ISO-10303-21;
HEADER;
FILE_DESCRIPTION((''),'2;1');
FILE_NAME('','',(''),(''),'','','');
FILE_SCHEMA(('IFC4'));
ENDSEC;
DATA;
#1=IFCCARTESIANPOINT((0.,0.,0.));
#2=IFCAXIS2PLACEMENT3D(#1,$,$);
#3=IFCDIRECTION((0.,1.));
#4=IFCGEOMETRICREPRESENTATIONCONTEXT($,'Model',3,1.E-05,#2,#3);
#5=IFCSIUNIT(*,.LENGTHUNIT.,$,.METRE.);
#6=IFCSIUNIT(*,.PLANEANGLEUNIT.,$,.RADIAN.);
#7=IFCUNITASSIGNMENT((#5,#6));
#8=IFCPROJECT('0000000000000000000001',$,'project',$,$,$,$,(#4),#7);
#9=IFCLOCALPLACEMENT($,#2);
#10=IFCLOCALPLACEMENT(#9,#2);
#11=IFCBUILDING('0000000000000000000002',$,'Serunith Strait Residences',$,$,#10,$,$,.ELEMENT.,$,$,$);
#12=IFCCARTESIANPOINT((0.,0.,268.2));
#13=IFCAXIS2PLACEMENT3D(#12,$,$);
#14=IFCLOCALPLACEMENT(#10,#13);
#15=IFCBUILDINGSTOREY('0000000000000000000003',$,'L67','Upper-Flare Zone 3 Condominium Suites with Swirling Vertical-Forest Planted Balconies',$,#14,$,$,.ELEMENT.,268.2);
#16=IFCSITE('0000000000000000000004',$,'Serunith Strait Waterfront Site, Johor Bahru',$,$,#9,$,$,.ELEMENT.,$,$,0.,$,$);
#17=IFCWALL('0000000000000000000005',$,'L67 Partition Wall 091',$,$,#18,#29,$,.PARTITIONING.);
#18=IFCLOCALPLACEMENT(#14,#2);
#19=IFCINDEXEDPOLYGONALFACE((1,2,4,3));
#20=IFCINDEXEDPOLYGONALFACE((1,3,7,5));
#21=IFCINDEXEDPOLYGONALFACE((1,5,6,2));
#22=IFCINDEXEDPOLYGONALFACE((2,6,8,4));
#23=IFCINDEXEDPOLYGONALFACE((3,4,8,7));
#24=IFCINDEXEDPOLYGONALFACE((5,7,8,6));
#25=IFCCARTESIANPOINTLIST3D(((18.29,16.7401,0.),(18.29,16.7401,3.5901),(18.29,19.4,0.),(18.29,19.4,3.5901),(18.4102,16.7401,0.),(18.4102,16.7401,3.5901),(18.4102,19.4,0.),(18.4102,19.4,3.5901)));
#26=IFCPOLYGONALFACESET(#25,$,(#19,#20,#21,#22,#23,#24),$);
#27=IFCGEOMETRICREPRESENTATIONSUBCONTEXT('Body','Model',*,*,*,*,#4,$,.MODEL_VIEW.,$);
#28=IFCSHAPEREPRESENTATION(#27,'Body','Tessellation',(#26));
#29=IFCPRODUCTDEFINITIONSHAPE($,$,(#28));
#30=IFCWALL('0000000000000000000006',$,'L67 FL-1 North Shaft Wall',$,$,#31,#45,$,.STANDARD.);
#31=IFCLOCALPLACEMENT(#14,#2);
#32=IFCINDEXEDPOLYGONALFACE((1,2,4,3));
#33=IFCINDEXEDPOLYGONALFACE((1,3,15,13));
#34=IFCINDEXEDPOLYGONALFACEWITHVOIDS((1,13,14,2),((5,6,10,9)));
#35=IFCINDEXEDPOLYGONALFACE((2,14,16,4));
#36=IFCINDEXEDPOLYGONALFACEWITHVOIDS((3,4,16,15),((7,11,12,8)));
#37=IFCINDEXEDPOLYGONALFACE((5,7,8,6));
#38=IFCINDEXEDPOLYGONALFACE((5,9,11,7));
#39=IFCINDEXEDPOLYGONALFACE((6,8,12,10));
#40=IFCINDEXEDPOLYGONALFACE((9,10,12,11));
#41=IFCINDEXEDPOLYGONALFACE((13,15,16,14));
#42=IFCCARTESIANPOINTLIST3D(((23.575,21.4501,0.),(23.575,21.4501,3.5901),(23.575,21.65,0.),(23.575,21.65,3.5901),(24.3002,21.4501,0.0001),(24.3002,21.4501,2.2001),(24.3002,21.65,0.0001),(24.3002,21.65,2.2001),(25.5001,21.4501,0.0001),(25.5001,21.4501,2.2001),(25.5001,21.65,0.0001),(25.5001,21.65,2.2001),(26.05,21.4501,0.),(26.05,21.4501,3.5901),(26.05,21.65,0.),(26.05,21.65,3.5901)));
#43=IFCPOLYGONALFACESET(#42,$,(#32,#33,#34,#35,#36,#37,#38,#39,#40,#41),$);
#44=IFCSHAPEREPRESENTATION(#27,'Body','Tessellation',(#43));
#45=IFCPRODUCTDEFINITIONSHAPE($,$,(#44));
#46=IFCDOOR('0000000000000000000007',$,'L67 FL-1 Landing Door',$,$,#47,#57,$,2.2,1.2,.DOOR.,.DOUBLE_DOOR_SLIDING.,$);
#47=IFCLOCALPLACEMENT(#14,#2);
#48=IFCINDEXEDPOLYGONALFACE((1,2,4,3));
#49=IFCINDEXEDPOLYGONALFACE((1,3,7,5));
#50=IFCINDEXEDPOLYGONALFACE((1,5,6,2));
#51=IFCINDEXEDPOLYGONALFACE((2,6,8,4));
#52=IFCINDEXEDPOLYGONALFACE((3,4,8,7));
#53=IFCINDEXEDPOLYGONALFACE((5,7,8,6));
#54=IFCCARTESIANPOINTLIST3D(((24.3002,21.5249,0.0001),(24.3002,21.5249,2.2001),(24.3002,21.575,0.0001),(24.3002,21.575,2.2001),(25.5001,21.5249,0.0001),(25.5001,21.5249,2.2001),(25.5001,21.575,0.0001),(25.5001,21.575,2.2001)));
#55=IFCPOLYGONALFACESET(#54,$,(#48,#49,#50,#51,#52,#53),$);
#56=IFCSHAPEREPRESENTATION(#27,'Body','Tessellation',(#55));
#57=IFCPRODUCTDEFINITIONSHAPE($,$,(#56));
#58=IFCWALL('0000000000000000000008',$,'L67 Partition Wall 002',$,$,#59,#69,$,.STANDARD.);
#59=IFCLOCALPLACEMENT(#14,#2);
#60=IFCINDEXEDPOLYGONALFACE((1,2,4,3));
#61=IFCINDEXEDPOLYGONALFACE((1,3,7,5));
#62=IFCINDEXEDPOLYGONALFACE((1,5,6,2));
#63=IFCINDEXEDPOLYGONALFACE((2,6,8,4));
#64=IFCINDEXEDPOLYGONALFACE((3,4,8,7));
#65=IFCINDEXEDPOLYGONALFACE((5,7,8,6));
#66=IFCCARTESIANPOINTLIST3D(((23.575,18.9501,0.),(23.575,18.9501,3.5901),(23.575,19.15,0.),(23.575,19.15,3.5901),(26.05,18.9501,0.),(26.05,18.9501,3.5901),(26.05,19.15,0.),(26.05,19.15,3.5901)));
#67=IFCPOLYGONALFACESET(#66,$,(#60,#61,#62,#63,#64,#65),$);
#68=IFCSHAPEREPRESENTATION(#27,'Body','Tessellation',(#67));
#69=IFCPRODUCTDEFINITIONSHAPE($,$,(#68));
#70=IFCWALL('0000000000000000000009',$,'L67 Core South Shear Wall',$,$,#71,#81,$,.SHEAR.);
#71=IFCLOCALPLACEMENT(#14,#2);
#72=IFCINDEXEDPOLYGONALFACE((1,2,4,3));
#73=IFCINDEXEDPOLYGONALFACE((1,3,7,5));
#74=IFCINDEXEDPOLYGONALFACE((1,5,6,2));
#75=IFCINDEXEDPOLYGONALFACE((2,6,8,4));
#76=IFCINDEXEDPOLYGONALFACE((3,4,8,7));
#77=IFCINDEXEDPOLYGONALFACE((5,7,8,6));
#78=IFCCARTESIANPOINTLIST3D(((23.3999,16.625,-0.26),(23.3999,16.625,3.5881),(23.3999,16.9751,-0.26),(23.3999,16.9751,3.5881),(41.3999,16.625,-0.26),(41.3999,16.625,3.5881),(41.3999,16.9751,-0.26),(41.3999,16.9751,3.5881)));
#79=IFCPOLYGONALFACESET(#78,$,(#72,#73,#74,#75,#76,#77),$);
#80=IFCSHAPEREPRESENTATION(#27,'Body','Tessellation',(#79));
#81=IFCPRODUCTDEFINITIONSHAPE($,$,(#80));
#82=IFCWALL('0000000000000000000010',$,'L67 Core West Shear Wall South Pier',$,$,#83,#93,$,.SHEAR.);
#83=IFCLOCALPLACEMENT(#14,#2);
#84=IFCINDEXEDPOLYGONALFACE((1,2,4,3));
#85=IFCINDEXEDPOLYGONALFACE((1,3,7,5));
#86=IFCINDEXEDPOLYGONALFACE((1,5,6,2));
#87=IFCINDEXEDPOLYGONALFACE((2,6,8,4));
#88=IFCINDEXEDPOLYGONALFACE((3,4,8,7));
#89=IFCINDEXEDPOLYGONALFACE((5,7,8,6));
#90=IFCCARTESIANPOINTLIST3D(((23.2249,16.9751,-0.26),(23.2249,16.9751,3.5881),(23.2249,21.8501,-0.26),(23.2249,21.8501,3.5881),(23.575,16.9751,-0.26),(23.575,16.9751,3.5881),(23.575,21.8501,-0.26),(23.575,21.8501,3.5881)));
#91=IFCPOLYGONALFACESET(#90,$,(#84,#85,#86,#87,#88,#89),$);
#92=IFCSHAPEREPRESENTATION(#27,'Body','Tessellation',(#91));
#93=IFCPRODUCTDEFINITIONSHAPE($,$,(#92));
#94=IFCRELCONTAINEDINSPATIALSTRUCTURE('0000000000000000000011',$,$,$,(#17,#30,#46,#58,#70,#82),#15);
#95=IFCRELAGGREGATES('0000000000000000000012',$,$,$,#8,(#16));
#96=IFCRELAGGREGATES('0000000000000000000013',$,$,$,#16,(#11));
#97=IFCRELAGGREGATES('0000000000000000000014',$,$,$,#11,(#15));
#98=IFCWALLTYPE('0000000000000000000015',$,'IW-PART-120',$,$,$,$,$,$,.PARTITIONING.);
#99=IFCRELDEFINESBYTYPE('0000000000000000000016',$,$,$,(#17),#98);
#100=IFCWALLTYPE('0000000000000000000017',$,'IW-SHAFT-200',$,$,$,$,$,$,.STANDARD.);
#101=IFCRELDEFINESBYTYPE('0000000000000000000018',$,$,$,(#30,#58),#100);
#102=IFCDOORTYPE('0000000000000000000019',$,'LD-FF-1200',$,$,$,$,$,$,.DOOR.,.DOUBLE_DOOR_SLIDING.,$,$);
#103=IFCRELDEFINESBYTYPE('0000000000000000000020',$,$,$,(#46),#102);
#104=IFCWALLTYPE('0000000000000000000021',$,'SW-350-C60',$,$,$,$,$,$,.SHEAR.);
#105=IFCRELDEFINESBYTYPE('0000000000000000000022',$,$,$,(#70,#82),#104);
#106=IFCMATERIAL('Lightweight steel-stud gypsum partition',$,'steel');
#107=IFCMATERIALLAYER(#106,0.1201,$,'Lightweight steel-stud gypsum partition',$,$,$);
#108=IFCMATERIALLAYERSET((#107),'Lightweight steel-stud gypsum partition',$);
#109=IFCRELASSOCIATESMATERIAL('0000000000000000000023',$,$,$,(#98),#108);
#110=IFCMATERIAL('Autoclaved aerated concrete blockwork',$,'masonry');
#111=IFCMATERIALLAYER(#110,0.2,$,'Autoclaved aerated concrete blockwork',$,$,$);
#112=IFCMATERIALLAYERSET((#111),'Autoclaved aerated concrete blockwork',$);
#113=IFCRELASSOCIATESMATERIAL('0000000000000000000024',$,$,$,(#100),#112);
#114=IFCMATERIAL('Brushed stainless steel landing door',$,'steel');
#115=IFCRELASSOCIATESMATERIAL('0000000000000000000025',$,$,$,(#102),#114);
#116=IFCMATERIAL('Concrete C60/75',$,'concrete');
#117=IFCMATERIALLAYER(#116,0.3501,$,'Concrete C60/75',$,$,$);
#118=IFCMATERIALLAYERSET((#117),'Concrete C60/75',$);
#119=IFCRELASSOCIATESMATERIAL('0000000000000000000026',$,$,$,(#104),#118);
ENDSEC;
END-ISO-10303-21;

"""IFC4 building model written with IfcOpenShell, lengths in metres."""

from ifc_helpers import new_model, si_unit, direction, frame, frame_2d, origin, place, context, subcontext, project, spatial, rectangle, extrude, source, transform, mapped, material, layer, layer_set, type_object, element, fill, save


model = new_model("IFC4")

# Units and contexts
model_context = context("Model", 3, precision=1e-05, world=origin(), true_north=direction((0.0, 1.0)))
body_context = subcontext(model_context, "Body", "Model", "MODEL_VIEW")
ifc_project = project(units=[si_unit("LENGTHUNIT", "METRE"), si_unit("PLANEANGLEUNIT", "RADIAN")], contexts=[model_context])

# Site, building, storey
site_placement = place(None, origin())
site = spatial("IfcSite", under=ifc_project, at=site_placement, Name="Serunith Strait Waterfront Site, Johor Bahru", CompositionType="ELEMENT", RefElevation=0.0)
building_placement = place(site_placement, origin())
building = spatial("IfcBuilding", under=site, at=building_placement, Name="Serunith Strait Residences", CompositionType="ELEMENT")
storey_placement = place(building_placement, frame((0.0, 0.0, 268.2)))
storey = spatial("IfcBuildingStorey", under=building, at=storey_placement, Name="L67", Description="Upper-Flare Zone 3 Condominium Suites with Swirling Vertical-Forest Planted Balconies", CompositionType="ELEMENT", Elevation=268.2)

# Shared definitions
ifc_material_1 = material(Name="Lightweight steel-stud gypsum partition", Category="steel")
ifc_layer_1 = layer(ifc_material_1, 0.1201, Name="Lightweight steel-stud gypsum partition")
ifc_layer_set_1 = layer_set([ifc_layer_1], Name="Lightweight steel-stud gypsum partition")
wall_type_1 = type_object("IfcWallType", Name="IW-PART-120", PredefinedType="PARTITIONING", material=ifc_layer_set_1)

# Wall
wall_1_placement = place(storey_placement, frame((18.3501, 16.74, 0.0), z_axis=(0.0, 0.0, 1.0), x_axis=(0.0, 1.0, 0.0)))
element("IfcWall", 1, at=wall_1_placement, inside=storey, type_object=wall_type_1, Name="L67 Partition Wall 091", PredefinedType="PARTITIONING", context=body_context, shape_type="SweptSolid", body=[
    extrude(rectangle(XDim=2.6599, YDim=0.1201, at=frame_2d((1.3301, 0.0))), origin(), (0.0, 0.0, 1.0), 3.5901),
])

# Wall, opening, door
ifc_material_2 = material(Name="Autoclaved aerated concrete blockwork", Category="masonry")
ifc_layer_2 = layer(ifc_material_2, 0.2, Name="Autoclaved aerated concrete blockwork")
ifc_layer_set_2 = layer_set([ifc_layer_2], Name="Autoclaved aerated concrete blockwork")
wall_type_2 = type_object("IfcWallType", Name="IW-SHAFT-200", PredefinedType="STANDARD", material=ifc_layer_set_2)
wall_2_placement = place(storey_placement, frame((23.575, 21.55, 0.0), z_axis=(0.0, 0.0, 1.0), x_axis=(1.0, 0.0, 0.0)))
wall_2 = element("IfcWall", 2, at=wall_2_placement, inside=storey, type_object=wall_type_2, Name="L67 FL-1 North Shaft Wall", PredefinedType="STANDARD", context=body_context, shape_type="SweptSolid", body=[
    extrude(rectangle(XDim=2.4751, YDim=0.2, at=frame_2d((1.2375, 0.0))), origin(), (0.0, 0.0, 1.0), 3.5901),
])
opening_1_placement = place(wall_2_placement, frame((0.7251, 0.0, 0.0)))
opening_1 = element("IfcOpeningElement", 3, at=opening_1_placement, cuts=wall_2, PredefinedType="OPENING", context=body_context, shape_type="SweptSolid", body=[
    extrude(rectangle(XDim=1.2, YDim=2.2, at=frame_2d((0.6001, 1.1001))), frame((0.0, 0.1099, 0.0), z_axis=(0.0, -1.0, 0.0), x_axis=(1.0, 0.0, 0.0)), (0.0, 0.0, 1.0), 0.22),
])
ifc_material_3 = material(Name="Brushed stainless steel landing door", Category="steel")
door_type_1 = type_object("IfcDoorType", Name="LD-FF-1200", OperationType="DOUBLE_DOOR_SLIDING", PredefinedType="DOOR", material=ifc_material_3)
shared_shape_1 = source(origin(), body_context, "Body", "SweptSolid", [
    extrude(rectangle(XDim=1.2, YDim=2.2, at=frame_2d((0.6001, 1.1001))), frame((0.0, 0.0249, 0.0), z_axis=(0.0, -1.0, 0.0), x_axis=(1.0, 0.0, 0.0)), (0.0, 0.0, 1.0), 0.05),
])
door_1_placement = place(opening_1_placement, origin())
door_1 = element("IfcDoor", 4, at=door_1_placement, inside=storey, type_object=door_type_1, Name="L67 FL-1 Landing Door", OperationType="DOUBLE_DOOR_SLIDING", OverallHeight=2.2, OverallWidth=1.2, PredefinedType="DOOR", context=body_context, shape_type="MappedRepresentation", body=[
    mapped(shared_shape_1, transform((0.0, 0.0, 0.0), scale=1.0)),
])
fill(opening_1, door_1)

# Wall
wall_3_placement = place(storey_placement, frame((23.575, 19.05, 0.0), z_axis=(0.0, 0.0, 1.0), x_axis=(1.0, 0.0, 0.0)))
element("IfcWall", 5, at=wall_3_placement, inside=storey, type_object=wall_type_2, Name="L67 Partition Wall 002", PredefinedType="STANDARD", context=body_context, shape_type="SweptSolid", body=[
    extrude(rectangle(XDim=2.4751, YDim=0.2, at=frame_2d((1.2375, 0.0))), origin(), (0.0, 0.0, 1.0), 3.5901),
])

# Walls
ifc_material_4 = material(Name="Concrete C60/75", Category="concrete")
ifc_layer_3 = layer(ifc_material_4, 0.3501, Name="Concrete C60/75")
ifc_layer_set_3 = layer_set([ifc_layer_3], Name="Concrete C60/75")
wall_type_3 = type_object("IfcWallType", Name="SW-350-C60", PredefinedType="SHEAR", material=ifc_layer_set_3)
wall_4_placement = place(storey_placement, frame((23.3999, 16.8, -0.26), z_axis=(0.0, 0.0, 1.0), x_axis=(1.0, 0.0, 0.0)))
element("IfcWall", 6, at=wall_4_placement, inside=storey, type_object=wall_type_3, Name="L67 Core South Shear Wall", PredefinedType="SHEAR", context=body_context, shape_type="SweptSolid", body=[
    extrude(rectangle(XDim=18.0, YDim=0.3501, at=frame_2d((9.0, 0.0))), origin(), (0.0, 0.0, 1.0), 3.8481),
])
wall_5_placement = place(storey_placement, frame((23.3999, 16.9751, -0.26), z_axis=(0.0, 0.0, 1.0), x_axis=(0.0, 1.0, 0.0)))
element("IfcWall", 7, at=wall_5_placement, inside=storey, type_object=wall_type_3, Name="L67 Core West Shear Wall South Pier", PredefinedType="SHEAR", context=body_context, shape_type="SweptSolid", body=[
    extrude(rectangle(XDim=4.875, YDim=0.3501, at=frame_2d((2.4375, 0.0))), origin(), (0.0, 0.0, 1.0), 3.8481),
])

save(model, "model.ifc")
